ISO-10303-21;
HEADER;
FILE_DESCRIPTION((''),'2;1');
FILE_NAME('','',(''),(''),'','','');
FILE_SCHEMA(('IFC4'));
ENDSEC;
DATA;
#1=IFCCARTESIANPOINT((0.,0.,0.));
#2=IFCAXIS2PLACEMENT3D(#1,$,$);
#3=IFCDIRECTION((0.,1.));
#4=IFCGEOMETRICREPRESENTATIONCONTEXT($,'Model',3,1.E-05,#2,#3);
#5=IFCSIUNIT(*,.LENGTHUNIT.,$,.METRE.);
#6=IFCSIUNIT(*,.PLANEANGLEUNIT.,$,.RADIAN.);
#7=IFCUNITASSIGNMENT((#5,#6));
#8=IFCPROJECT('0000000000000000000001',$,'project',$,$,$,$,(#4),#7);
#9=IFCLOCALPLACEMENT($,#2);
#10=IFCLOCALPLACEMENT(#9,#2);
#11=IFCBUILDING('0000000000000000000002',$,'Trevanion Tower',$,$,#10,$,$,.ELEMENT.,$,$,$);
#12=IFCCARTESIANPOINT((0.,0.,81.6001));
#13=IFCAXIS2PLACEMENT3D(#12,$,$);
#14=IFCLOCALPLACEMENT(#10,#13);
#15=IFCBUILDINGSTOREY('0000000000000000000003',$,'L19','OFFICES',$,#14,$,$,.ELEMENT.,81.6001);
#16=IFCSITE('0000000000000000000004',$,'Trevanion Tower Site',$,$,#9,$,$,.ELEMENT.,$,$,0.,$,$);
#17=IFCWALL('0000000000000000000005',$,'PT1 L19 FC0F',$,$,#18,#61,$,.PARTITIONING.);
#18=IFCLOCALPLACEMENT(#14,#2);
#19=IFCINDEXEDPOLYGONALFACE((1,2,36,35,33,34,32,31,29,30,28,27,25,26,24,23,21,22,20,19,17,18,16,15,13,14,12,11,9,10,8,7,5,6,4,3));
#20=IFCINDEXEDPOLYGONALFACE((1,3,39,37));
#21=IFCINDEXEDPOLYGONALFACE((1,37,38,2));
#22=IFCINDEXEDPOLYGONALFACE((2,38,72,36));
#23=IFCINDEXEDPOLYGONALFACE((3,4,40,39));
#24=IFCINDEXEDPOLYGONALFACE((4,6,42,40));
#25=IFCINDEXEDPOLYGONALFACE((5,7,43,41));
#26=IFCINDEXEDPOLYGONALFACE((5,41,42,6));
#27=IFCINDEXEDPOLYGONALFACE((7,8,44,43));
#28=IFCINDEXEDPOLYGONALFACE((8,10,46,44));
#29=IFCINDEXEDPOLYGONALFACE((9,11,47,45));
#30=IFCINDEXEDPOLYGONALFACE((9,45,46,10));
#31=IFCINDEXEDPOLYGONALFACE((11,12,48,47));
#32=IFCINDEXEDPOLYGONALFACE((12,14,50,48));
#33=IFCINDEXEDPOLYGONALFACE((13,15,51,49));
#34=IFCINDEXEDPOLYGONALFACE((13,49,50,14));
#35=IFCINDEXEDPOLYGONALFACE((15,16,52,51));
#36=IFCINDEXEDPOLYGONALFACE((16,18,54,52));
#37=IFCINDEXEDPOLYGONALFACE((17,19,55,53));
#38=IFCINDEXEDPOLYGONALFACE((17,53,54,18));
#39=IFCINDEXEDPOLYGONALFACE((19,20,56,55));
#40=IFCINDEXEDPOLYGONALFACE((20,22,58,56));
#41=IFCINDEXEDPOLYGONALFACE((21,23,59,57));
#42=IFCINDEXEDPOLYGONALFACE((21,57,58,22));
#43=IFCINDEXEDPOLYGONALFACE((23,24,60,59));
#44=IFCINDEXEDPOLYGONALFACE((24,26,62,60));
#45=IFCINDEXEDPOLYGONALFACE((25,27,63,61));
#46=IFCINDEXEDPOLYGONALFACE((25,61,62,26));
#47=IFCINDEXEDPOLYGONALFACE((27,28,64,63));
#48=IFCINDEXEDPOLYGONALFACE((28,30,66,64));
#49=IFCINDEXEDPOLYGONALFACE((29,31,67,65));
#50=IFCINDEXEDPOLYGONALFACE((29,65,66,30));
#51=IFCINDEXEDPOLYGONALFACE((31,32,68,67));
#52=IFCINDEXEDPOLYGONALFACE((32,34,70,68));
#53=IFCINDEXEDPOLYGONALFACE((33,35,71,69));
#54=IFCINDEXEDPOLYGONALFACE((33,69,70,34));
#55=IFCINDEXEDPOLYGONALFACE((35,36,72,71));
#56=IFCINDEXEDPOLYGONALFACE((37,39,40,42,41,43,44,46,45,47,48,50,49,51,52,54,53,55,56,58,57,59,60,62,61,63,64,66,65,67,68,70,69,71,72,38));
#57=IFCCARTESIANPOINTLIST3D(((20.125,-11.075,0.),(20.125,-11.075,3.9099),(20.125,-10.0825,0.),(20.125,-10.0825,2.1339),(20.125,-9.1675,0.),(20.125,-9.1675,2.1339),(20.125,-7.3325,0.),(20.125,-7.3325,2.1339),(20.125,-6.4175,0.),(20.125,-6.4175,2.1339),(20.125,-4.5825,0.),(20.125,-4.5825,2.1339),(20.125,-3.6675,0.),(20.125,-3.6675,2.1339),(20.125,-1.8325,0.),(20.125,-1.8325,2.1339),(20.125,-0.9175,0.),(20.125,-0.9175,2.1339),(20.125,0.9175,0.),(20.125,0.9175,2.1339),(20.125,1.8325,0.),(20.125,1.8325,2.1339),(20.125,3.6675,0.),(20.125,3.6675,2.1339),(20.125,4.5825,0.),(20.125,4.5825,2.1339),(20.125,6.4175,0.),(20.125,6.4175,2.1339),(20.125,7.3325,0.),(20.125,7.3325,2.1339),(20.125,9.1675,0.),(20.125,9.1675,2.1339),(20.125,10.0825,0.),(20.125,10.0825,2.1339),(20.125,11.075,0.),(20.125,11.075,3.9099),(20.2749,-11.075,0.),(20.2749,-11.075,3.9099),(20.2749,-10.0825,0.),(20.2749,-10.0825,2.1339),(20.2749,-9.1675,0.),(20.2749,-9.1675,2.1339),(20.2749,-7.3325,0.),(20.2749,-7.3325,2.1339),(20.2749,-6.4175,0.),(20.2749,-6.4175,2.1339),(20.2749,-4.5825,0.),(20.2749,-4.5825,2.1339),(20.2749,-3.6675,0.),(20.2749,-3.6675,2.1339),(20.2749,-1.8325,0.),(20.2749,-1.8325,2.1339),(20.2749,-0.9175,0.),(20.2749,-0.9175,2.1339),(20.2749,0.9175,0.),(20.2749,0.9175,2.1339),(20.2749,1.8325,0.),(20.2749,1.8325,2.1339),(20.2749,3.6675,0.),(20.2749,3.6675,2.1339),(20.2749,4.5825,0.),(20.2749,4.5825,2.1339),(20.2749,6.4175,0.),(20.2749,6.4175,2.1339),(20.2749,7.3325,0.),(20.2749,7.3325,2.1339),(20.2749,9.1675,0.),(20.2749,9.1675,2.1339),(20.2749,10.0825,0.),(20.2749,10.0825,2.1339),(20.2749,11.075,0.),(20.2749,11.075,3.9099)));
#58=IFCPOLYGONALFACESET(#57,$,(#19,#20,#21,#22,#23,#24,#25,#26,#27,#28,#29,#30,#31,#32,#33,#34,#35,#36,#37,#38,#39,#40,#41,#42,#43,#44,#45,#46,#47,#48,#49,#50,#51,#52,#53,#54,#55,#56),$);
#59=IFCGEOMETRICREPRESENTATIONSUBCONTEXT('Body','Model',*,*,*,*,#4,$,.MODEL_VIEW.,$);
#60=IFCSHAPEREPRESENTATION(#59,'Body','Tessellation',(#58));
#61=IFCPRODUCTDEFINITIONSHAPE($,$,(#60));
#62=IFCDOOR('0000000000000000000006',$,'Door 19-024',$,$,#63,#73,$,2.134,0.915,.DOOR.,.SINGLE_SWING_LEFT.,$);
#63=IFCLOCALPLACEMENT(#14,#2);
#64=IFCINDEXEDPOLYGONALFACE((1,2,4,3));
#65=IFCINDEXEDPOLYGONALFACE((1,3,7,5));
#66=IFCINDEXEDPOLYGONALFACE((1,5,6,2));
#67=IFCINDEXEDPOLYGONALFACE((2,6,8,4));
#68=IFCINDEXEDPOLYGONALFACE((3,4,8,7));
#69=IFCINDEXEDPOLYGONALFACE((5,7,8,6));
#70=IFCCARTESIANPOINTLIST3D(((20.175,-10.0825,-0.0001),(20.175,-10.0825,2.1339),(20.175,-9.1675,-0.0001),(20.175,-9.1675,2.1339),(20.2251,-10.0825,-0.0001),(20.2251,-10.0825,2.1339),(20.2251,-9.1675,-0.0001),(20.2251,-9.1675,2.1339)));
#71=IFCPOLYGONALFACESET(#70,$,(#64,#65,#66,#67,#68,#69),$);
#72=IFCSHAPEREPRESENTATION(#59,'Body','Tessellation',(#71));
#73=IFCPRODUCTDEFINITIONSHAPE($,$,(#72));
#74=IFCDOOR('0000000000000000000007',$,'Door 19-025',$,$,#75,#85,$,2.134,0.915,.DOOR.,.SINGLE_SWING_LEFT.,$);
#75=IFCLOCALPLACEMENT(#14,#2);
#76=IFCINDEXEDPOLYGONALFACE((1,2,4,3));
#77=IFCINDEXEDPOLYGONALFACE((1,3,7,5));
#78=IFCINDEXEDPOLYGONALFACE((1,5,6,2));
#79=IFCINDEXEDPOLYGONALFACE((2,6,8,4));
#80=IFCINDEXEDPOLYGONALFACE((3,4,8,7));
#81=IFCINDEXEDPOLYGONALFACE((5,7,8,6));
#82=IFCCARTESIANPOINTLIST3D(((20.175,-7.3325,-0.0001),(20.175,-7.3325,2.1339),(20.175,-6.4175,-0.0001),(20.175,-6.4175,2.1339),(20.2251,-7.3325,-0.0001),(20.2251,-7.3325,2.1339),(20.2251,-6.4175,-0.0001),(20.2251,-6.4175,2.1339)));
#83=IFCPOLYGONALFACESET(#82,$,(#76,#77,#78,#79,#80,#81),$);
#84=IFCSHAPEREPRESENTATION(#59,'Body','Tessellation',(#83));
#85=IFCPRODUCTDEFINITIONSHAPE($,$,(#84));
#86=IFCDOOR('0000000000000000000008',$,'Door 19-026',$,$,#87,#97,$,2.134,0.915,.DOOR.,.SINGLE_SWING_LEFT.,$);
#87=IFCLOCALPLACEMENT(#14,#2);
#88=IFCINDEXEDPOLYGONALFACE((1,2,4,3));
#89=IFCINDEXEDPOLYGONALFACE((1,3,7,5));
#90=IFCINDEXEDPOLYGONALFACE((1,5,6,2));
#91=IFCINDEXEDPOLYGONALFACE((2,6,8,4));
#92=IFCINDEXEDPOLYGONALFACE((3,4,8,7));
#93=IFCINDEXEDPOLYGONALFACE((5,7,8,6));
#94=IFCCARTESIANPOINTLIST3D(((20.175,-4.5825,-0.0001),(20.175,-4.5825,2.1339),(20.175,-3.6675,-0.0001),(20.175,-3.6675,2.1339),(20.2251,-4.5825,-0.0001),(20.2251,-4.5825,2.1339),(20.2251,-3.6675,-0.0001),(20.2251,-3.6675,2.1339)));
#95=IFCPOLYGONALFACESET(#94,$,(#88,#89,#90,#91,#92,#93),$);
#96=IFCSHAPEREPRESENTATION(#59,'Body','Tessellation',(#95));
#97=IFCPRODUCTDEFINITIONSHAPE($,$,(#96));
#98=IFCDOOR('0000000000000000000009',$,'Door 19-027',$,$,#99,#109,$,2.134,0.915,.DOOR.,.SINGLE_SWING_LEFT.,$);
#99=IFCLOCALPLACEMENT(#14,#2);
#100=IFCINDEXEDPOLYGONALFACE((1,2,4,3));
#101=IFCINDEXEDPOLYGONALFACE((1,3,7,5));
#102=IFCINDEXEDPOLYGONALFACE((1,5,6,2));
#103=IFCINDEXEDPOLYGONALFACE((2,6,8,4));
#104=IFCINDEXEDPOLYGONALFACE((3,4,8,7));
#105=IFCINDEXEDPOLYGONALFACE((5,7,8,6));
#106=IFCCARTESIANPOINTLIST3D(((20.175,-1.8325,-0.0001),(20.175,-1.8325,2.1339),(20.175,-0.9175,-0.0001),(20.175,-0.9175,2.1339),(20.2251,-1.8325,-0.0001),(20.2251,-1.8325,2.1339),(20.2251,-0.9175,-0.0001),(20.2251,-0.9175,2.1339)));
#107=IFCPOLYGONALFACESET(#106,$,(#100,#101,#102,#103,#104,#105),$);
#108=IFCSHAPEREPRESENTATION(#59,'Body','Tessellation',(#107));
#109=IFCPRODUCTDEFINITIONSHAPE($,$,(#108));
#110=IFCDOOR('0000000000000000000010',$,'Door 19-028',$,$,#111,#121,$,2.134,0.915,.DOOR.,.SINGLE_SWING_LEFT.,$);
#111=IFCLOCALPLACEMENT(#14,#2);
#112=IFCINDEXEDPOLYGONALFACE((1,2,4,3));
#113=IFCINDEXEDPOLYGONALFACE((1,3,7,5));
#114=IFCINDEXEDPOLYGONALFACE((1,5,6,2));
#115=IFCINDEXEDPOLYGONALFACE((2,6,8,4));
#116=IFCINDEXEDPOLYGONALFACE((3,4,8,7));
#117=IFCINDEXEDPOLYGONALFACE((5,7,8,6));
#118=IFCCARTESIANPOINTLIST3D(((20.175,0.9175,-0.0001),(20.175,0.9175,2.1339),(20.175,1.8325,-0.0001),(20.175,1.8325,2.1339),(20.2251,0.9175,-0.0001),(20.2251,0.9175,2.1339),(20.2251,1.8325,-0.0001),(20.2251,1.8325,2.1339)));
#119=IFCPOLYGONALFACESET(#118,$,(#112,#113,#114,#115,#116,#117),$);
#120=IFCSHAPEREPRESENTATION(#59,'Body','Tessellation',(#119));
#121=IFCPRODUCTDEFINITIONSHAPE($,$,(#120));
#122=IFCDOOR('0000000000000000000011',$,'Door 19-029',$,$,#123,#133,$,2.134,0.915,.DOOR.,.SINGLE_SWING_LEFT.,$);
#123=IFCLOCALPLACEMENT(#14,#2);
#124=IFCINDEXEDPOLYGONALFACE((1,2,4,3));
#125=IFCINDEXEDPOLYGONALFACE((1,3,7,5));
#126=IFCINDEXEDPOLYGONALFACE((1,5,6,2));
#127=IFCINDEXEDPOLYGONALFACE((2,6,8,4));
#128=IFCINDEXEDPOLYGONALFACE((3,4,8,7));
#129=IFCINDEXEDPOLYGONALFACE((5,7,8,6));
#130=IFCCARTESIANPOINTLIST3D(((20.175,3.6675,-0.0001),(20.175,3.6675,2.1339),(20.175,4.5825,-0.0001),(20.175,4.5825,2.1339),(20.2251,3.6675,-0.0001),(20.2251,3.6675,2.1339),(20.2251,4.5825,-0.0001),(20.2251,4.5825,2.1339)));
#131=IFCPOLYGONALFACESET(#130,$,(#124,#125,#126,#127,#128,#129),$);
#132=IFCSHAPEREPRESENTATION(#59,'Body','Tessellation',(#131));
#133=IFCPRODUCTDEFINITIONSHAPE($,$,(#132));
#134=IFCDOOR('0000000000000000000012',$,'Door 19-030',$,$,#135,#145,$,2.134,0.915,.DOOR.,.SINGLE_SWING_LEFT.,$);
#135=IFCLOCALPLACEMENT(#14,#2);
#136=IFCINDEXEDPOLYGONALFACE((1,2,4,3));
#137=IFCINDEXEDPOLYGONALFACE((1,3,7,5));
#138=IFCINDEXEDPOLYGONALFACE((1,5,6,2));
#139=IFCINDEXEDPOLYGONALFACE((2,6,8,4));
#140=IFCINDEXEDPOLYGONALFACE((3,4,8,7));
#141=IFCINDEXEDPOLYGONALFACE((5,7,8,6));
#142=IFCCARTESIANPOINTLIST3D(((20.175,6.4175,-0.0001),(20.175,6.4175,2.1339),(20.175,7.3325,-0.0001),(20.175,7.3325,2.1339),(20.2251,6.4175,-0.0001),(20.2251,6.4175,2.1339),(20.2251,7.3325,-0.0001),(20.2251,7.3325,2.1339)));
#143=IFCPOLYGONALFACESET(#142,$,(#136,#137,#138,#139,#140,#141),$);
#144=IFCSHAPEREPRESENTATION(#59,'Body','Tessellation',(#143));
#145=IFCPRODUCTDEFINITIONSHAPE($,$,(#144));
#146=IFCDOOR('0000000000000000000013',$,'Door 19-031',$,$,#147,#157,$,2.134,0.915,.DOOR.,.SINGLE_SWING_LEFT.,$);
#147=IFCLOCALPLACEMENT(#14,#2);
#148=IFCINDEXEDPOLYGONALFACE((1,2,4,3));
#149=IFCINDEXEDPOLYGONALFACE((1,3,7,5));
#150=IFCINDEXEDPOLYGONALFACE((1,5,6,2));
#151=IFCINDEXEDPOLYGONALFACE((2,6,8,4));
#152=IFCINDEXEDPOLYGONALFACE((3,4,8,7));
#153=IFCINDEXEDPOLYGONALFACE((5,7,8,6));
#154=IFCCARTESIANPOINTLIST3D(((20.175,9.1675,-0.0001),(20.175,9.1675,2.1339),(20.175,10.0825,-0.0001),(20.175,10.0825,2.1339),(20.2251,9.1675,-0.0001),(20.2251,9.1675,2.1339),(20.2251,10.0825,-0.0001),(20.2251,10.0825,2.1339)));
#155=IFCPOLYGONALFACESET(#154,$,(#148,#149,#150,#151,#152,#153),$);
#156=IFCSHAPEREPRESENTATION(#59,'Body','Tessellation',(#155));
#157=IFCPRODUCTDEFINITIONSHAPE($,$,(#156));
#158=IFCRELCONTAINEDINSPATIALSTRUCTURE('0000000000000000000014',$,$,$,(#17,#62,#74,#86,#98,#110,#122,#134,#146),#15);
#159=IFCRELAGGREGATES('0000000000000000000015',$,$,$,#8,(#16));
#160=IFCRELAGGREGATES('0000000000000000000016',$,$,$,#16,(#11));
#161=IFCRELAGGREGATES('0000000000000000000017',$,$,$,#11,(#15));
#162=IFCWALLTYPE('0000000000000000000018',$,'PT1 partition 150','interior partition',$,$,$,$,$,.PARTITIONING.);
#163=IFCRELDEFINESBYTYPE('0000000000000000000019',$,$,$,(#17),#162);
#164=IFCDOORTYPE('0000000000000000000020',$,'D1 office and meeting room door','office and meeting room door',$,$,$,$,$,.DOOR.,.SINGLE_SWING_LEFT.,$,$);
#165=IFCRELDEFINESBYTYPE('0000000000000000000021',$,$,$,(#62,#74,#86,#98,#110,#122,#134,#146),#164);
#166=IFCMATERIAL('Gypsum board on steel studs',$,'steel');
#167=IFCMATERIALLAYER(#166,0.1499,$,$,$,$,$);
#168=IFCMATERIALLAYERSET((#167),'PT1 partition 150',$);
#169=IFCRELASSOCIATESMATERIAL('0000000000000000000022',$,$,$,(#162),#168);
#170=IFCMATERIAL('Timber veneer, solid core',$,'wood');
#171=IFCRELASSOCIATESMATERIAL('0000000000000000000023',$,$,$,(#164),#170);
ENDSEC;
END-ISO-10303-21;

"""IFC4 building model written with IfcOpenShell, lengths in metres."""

from ifc_helpers import new_model, si_unit, direction, frame, frame_2d, origin, place, context, subcontext, project, spatial, rectangle, extrude, material, layer, layer_set, type_object, element, fill, save


model = new_model("IFC4")

# Units and contexts
model_context = context("Model", 3, precision=1e-05, world=origin(), true_north=direction((0.0, 1.0)))
body_context = subcontext(model_context, "Body", "Model", "MODEL_VIEW")
ifc_project = project(units=[si_unit("LENGTHUNIT", "METRE"), si_unit("PLANEANGLEUNIT", "RADIAN")], contexts=[model_context])

# Site, building, storey
site_placement = place(None, origin())
site = spatial("IfcSite", under=ifc_project, at=site_placement, Name="Trevanion Tower Site", CompositionType="ELEMENT", RefElevation=0.0)
building_placement = place(site_placement, origin())
building = spatial("IfcBuilding", under=site, at=building_placement, Name="Trevanion Tower", CompositionType="ELEMENT")
storey_placement = place(building_placement, frame((0.0, 0.0, 81.6001)))
storey = spatial("IfcBuildingStorey", under=building, at=storey_placement, Name="L19", Description="OFFICES", CompositionType="ELEMENT", Elevation=81.6001)

# Wall, openings, doors
ifc_material_1 = material(Name="Gypsum board on steel studs", Category="steel")
ifc_layer_1 = layer(ifc_material_1, 0.1499)
ifc_layer_set_1 = layer_set([ifc_layer_1], Name="PT1 partition 150")
wall_type = type_object("IfcWallType", Name="PT1 partition 150", Description="interior partition", PredefinedType="PARTITIONING", material=ifc_layer_set_1)
wall_placement = place(storey_placement, frame((20.2, -11.075, 0.0), z_axis=(0.0, 0.0, 1.0), x_axis=(0.0, 1.0, 0.0)))
wall = element("IfcWall", 1, at=wall_placement, inside=storey, type_object=wall_type, Name="PT1 L19 FC0F", PredefinedType="PARTITIONING", context=body_context, shape_type="SweptSolid", body=[
    extrude(rectangle(XDim=22.1499, YDim=0.1499, at=frame_2d((11.075, 0.0))), origin(), (0.0, 0.0, 1.0), 3.9099),
])
opening_1_placement = place(wall_placement, frame((0.9924, 0.0, 0.0)))
opening_1 = element("IfcOpeningElement", 2, at=opening_1_placement, cuts=wall, PredefinedType="OPENING", context=body_context, shape_type="SweptSolid", body=[
    extrude(rectangle(XDim=0.915, YDim=2.134, at=frame_2d((0.4575, 1.0669))), frame((0.0, 0.085, 0.0), z_axis=(0.0, -1.0, 0.0), x_axis=(1.0, 0.0, 0.0)), (0.0, 0.0, 1.0), 0.1699),
])
opening_2_placement = place(wall_placement, frame((3.7424, 0.0, 0.0)))
opening_2 = element("IfcOpeningElement", 3, at=opening_2_placement, cuts=wall, PredefinedType="OPENING", context=body_context, shape_type="SweptSolid", body=[
    extrude(rectangle(XDim=0.915, YDim=2.134, at=frame_2d((0.4575, 1.0669))), frame((0.0, 0.085, 0.0), z_axis=(0.0, -1.0, 0.0), x_axis=(1.0, 0.0, 0.0)), (0.0, 0.0, 1.0), 0.1699),
])
opening_3_placement = place(wall_placement, frame((6.4924, 0.0, 0.0)))
opening_3 = element("IfcOpeningElement", 4, at=opening_3_placement, cuts=wall, PredefinedType="OPENING", context=body_context, shape_type="SweptSolid", body=[
    extrude(rectangle(XDim=0.915, YDim=2.134, at=frame_2d((0.4575, 1.0669))), frame((0.0, 0.085, 0.0), z_axis=(0.0, -1.0, 0.0), x_axis=(1.0, 0.0, 0.0)), (0.0, 0.0, 1.0), 0.1699),
])
opening_4_placement = place(wall_placement, frame((9.2424, 0.0, 0.0)))
opening_4 = element("IfcOpeningElement", 5, at=opening_4_placement, cuts=wall, PredefinedType="OPENING", context=body_context, shape_type="SweptSolid", body=[
    extrude(rectangle(XDim=0.915, YDim=2.134, at=frame_2d((0.4575, 1.0669))), frame((0.0, 0.085, 0.0), z_axis=(0.0, -1.0, 0.0), x_axis=(1.0, 0.0, 0.0)), (0.0, 0.0, 1.0), 0.1699),
])
opening_5_placement = place(wall_placement, frame((11.9924, 0.0, 0.0)))
opening_5 = element("IfcOpeningElement", 6, at=opening_5_placement, cuts=wall, PredefinedType="OPENING", context=body_context, shape_type="SweptSolid", body=[
    extrude(rectangle(XDim=0.915, YDim=2.134, at=frame_2d((0.4575, 1.0669))), frame((0.0, 0.085, 0.0), z_axis=(0.0, -1.0, 0.0), x_axis=(1.0, 0.0, 0.0)), (0.0, 0.0, 1.0), 0.1699),
])
opening_6_placement = place(wall_placement, frame((14.7424, 0.0, 0.0)))
opening_6 = element("IfcOpeningElement", 7, at=opening_6_placement, cuts=wall, PredefinedType="OPENING", context=body_context, shape_type="SweptSolid", body=[
    extrude(rectangle(XDim=0.915, YDim=2.134, at=frame_2d((0.4575, 1.0669))), frame((0.0, 0.085, 0.0), z_axis=(0.0, -1.0, 0.0), x_axis=(1.0, 0.0, 0.0)), (0.0, 0.0, 1.0), 0.1699),
])
opening_7_placement = place(wall_placement, frame((17.4924, 0.0, 0.0)))
opening_7 = element("IfcOpeningElement", 8, at=opening_7_placement, cuts=wall, PredefinedType="OPENING", context=body_context, shape_type="SweptSolid", body=[
    extrude(rectangle(XDim=0.915, YDim=2.134, at=frame_2d((0.4575, 1.0669))), frame((0.0, 0.085, 0.0), z_axis=(0.0, -1.0, 0.0), x_axis=(1.0, 0.0, 0.0)), (0.0, 0.0, 1.0), 0.1699),
])
opening_8_placement = place(wall_placement, frame((20.2424, 0.0, 0.0)))
opening_8 = element("IfcOpeningElement", 9, at=opening_8_placement, cuts=wall, PredefinedType="OPENING", context=body_context, shape_type="SweptSolid", body=[
    extrude(rectangle(XDim=0.915, YDim=2.134, at=frame_2d((0.4575, 1.0669))), frame((0.0, 0.085, 0.0), z_axis=(0.0, -1.0, 0.0), x_axis=(1.0, 0.0, 0.0)), (0.0, 0.0, 1.0), 0.1699),
])
ifc_material_2 = material(Name="Timber veneer, solid core", Category="wood")
door_type = type_object("IfcDoorType", Name="D1 office and meeting room door", Description="office and meeting room door", OperationType="SINGLE_SWING_LEFT", PredefinedType="DOOR", material=ifc_material_2)
door_1_placement = place(opening_1_placement, origin())
door_1 = element("IfcDoor", 10, at=door_1_placement, inside=storey, type_object=door_type, Name="Door 19-024", OperationType="SINGLE_SWING_LEFT", OverallHeight=2.134, OverallWidth=0.915, PredefinedType="DOOR", context=body_context, shape_type="SweptSolid", body=[
    extrude(rectangle(XDim=0.915, YDim=2.134, at=frame_2d((0.4575, 1.0669))), frame((0.0, 0.0249, 0.0), z_axis=(0.0, -1.0, 0.0), x_axis=(1.0, 0.0, 0.0)), (0.0, 0.0, 1.0), 0.05),
])
fill(opening_1, door_1)
door_2_placement = place(opening_2_placement, origin())
door_2 = element("IfcDoor", 11, at=door_2_placement, inside=storey, type_object=door_type, Name="Door 19-025", OperationType="SINGLE_SWING_LEFT", OverallHeight=2.134, OverallWidth=0.915, PredefinedType="DOOR", context=body_context, shape_type="SweptSolid", body=[
    extrude(rectangle(XDim=0.915, YDim=2.134, at=frame_2d((0.4575, 1.0669))), frame((0.0, 0.0249, 0.0), z_axis=(0.0, -1.0, 0.0), x_axis=(1.0, 0.0, 0.0)), (0.0, 0.0, 1.0), 0.05),
])
fill(opening_2, door_2)
door_3_placement = place(opening_3_placement, origin())
door_3 = element("IfcDoor", 12, at=door_3_placement, inside=storey, type_object=door_type, Name="Door 19-026", OperationType="SINGLE_SWING_LEFT", OverallHeight=2.134, OverallWidth=0.915, PredefinedType="DOOR", context=body_context, shape_type="SweptSolid", body=[
    extrude(rectangle(XDim=0.915, YDim=2.134, at=frame_2d((0.4575, 1.0669))), frame((0.0, 0.0249, 0.0), z_axis=(0.0, -1.0, 0.0), x_axis=(1.0, 0.0, 0.0)), (0.0, 0.0, 1.0), 0.05),
])
fill(opening_3, door_3)
door_4_placement = place(opening_4_placement, origin())
door_4 = element("IfcDoor", 13, at=door_4_placement, inside=storey, type_object=door_type, Name="Door 19-027", OperationType="SINGLE_SWING_LEFT", OverallHeight=2.134, OverallWidth=0.915, PredefinedType="DOOR", context=body_context, shape_type="SweptSolid", body=[
    extrude(rectangle(XDim=0.915, YDim=2.134, at=frame_2d((0.4575, 1.0669))), frame((0.0, 0.0249, 0.0), z_axis=(0.0, -1.0, 0.0), x_axis=(1.0, 0.0, 0.0)), (0.0, 0.0, 1.0), 0.05),
])
fill(opening_4, door_4)
door_5_placement = place(opening_5_placement, origin())
door_5 = element("IfcDoor", 14, at=door_5_placement, inside=storey, type_object=door_type, Name="Door 19-028", OperationType="SINGLE_SWING_LEFT", OverallHeight=2.134, OverallWidth=0.915, PredefinedType="DOOR", context=body_context, shape_type="SweptSolid", body=[
    extrude(rectangle(XDim=0.915, YDim=2.134, at=frame_2d((0.4575, 1.0669))), frame((0.0, 0.0249, 0.0), z_axis=(0.0, -1.0, 0.0), x_axis=(1.0, 0.0, 0.0)), (0.0, 0.0, 1.0), 0.05),
])
fill(opening_5, door_5)
door_6_placement = place(opening_6_placement, origin())
door_6 = element("IfcDoor", 15, at=door_6_placement, inside=storey, type_object=door_type, Name="Door 19-029", OperationType="SINGLE_SWING_LEFT", OverallHeight=2.134, OverallWidth=0.915, PredefinedType="DOOR", context=body_context, shape_type="SweptSolid", body=[
    extrude(rectangle(XDim=0.915, YDim=2.134, at=frame_2d((0.4575, 1.0669))), frame((0.0, 0.0249, 0.0), z_axis=(0.0, -1.0, 0.0), x_axis=(1.0, 0.0, 0.0)), (0.0, 0.0, 1.0), 0.05),
])
fill(opening_6, door_6)
door_7_placement = place(opening_7_placement, origin())
door_7 = element("IfcDoor", 16, at=door_7_placement, inside=storey, type_object=door_type, Name="Door 19-030", OperationType="SINGLE_SWING_LEFT", OverallHeight=2.134, OverallWidth=0.915, PredefinedType="DOOR", context=body_context, shape_type="SweptSolid", body=[
    extrude(rectangle(XDim=0.915, YDim=2.134, at=frame_2d((0.4575, 1.0669))), frame((0.0, 0.0249, 0.0), z_axis=(0.0, -1.0, 0.0), x_axis=(1.0, 0.0, 0.0)), (0.0, 0.0, 1.0), 0.05),
])
fill(opening_7, door_7)
door_8_placement = place(opening_8_placement, origin())
door_8 = element("IfcDoor", 17, at=door_8_placement, inside=storey, type_object=door_type, Name="Door 19-031", OperationType="SINGLE_SWING_LEFT", OverallHeight=2.134, OverallWidth=0.915, PredefinedType="DOOR", context=body_context, shape_type="SweptSolid", body=[
    extrude(rectangle(XDim=0.915, YDim=2.134, at=frame_2d((0.4575, 1.0669))), frame((0.0, 0.0249, 0.0), z_axis=(0.0, -1.0, 0.0), x_axis=(1.0, 0.0, 0.0)), (0.0, 0.0, 1.0), 0.05),
])
fill(opening_8, door_8)

save(model, "model.ifc")
